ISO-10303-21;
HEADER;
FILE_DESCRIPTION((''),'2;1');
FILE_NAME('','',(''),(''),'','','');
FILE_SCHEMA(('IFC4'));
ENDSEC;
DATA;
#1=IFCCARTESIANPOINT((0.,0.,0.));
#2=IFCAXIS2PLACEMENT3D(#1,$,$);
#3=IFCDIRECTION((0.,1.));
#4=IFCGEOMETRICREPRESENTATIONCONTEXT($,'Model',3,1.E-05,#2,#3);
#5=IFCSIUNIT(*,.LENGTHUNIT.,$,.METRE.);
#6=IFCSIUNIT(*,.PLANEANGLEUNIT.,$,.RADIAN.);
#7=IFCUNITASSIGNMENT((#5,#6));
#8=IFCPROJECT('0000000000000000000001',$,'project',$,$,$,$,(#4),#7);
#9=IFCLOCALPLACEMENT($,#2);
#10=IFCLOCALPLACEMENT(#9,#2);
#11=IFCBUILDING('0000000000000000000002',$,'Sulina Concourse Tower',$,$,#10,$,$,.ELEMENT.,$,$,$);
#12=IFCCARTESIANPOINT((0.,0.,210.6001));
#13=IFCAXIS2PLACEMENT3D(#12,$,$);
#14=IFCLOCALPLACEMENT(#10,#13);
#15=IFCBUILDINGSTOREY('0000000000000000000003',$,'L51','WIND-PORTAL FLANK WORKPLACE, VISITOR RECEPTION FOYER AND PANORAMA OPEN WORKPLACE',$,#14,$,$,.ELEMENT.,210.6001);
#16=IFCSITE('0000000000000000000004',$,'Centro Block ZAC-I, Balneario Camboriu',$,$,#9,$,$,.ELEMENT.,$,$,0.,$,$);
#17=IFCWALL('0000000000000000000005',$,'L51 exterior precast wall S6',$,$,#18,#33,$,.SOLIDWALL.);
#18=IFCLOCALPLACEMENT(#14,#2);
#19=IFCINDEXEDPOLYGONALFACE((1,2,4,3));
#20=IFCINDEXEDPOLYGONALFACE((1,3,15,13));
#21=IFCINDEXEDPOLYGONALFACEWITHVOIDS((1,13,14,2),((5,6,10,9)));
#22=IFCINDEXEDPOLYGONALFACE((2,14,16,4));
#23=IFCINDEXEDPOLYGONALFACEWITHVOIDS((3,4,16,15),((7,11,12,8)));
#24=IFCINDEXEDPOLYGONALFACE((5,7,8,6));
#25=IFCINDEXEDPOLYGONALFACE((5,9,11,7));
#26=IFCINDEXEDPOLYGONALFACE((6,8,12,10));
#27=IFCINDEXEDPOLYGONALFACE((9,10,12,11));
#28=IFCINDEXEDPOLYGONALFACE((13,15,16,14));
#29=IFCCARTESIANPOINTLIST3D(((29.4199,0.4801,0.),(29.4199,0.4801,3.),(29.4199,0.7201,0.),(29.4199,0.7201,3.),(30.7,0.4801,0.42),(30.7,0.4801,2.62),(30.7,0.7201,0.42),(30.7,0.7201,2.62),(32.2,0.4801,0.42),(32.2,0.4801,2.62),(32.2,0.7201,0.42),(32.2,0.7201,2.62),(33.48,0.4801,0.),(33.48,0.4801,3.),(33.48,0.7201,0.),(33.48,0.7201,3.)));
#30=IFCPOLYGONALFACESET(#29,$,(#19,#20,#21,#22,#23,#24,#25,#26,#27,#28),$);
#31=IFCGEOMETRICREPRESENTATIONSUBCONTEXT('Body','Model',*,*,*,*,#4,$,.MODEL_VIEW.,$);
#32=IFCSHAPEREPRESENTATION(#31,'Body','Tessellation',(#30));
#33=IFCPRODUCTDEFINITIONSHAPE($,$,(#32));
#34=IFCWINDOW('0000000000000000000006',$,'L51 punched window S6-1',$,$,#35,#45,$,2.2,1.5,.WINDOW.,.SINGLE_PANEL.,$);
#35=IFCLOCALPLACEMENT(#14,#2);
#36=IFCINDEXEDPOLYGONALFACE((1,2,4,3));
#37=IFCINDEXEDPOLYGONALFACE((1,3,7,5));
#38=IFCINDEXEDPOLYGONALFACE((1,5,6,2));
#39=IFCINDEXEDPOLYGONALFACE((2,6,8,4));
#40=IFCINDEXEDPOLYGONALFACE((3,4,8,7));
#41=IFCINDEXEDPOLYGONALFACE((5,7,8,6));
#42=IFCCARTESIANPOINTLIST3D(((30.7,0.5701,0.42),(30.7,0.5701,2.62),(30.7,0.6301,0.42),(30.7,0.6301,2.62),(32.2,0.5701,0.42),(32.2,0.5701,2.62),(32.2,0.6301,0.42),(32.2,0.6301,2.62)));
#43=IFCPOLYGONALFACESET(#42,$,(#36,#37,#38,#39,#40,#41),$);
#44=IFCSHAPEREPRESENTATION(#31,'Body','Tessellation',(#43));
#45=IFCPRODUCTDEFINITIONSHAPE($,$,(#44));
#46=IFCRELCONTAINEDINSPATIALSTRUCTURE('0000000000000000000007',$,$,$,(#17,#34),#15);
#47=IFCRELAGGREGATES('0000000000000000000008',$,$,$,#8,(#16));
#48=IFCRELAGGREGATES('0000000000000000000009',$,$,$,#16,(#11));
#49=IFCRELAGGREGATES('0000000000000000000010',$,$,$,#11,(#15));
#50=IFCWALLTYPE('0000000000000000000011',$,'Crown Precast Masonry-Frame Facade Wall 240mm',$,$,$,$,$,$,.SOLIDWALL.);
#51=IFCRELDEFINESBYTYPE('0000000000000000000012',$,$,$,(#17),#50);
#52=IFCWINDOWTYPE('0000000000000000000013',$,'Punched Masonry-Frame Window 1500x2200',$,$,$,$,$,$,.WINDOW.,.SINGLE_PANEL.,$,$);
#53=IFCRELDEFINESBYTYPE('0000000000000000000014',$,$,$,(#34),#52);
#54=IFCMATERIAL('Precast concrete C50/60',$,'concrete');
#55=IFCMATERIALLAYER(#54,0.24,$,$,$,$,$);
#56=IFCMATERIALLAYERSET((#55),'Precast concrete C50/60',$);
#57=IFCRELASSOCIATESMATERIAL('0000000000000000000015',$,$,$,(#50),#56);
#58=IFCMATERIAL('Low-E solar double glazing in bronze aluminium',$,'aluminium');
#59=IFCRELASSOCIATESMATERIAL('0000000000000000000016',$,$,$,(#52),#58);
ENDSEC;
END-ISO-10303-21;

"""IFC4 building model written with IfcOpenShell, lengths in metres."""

from ifc_helpers import new_model, si_unit, direction, frame, frame_2d, origin, place, context, subcontext, project, spatial, rectangle, extrude, material, layer, layer_set, type_object, element, fill, save


model = new_model("IFC4")

# Units and contexts
model_context = context("Model", 3, precision=1e-05, world=origin(), true_north=direction((0.0, 1.0)))
body_context = subcontext(model_context, "Body", "Model", "MODEL_VIEW")
ifc_project = project(units=[si_unit("LENGTHUNIT", "METRE"), si_unit("PLANEANGLEUNIT", "RADIAN")], contexts=[model_context])

# Site, building, storey
site_placement = place(None, origin())
site = spatial("IfcSite", under=ifc_project, at=site_placement, Name="Centro Block ZAC-I, Balneario Camboriu", CompositionType="ELEMENT", RefElevation=0.0)
building_placement = place(site_placement, origin())
building = spatial("IfcBuilding", under=site, at=building_placement, Name="Sulina Concourse Tower", CompositionType="ELEMENT")
storey_placement = place(building_placement, frame((0.0, 0.0, 210.6001)))
storey = spatial("IfcBuildingStorey", under=building, at=storey_placement, Name="L51", Description="WIND-PORTAL FLANK WORKPLACE, VISITOR RECEPTION FOYER AND PANORAMA OPEN WORKPLACE", CompositionType="ELEMENT", Elevation=210.6001)

# Wall, opening, window
ifc_material_1 = material(Name="Precast concrete C50/60", Category="concrete")
ifc_layer = layer(ifc_material_1, 0.24)
ifc_layer_set = layer_set([ifc_layer], Name="Precast concrete C50/60")
wall_type = type_object("IfcWallType", Name="Crown Precast Masonry-Frame Facade Wall 240mm", PredefinedType="SOLIDWALL", material=ifc_layer_set)
ifc_material_2 = material(Name="Low-E solar double glazing in bronze aluminium", Category="aluminium")
window_type = type_object("IfcWindowType", Name="Punched Masonry-Frame Window 1500x2200", PartitioningType="SINGLE_PANEL", PredefinedType="WINDOW", material=ifc_material_2)
wall_1_placement = place(storey_placement, frame((33.48, 0.6001, 0.0), z_axis=(0.0, 0.0, 1.0), x_axis=(-1.0, 0.0, 0.0)))
wall_1 = element("IfcWall", 1, at=wall_1_placement, inside=storey, type_object=wall_type, Name="L51 exterior precast wall S6", PredefinedType="SOLIDWALL", context=body_context, shape_type="SweptSolid", body=[
    extrude(rectangle(XDim=4.0601, YDim=0.24, at=frame_2d((2.03, 0.0))), origin(), (0.0, 0.0, 1.0), 3.0),
])
opening_1_placement = place(wall_1_placement, frame((1.28, 0.0, 0.4199)))
opening_1 = element("IfcOpeningElement", 2, at=opening_1_placement, cuts=wall_1, PredefinedType="OPENING", context=body_context, shape_type="SweptSolid", body=[
    extrude(rectangle(XDim=1.5, YDim=2.2, at=frame_2d((0.75, 1.1001))), frame((0.0, 0.1299, 0.0), z_axis=(0.0, -1.0, 0.0), x_axis=(1.0, 0.0, 0.0)), (0.0, 0.0, 1.0), 0.26),
])
window_1_placement = place(opening_1_placement, origin())
window_1 = element("IfcWindow", 3, at=window_1_placement, inside=storey, type_object=window_type, Name="L51 punched window S6-1", OverallHeight=2.2, OverallWidth=1.5, PartitioningType="SINGLE_PANEL", PredefinedType="WINDOW", context=body_context, shape_type="SweptSolid", body=[
    extrude(rectangle(XDim=1.5, YDim=2.2, at=frame_2d((0.75, 1.1001))), frame((0.0, 0.03, 0.0), z_axis=(0.0, -1.0, 0.0), x_axis=(1.0, 0.0, 0.0)), (0.0, 0.0, 1.0), 0.0601),
])
fill(opening_1, window_1)

save(model, "model.ifc")
